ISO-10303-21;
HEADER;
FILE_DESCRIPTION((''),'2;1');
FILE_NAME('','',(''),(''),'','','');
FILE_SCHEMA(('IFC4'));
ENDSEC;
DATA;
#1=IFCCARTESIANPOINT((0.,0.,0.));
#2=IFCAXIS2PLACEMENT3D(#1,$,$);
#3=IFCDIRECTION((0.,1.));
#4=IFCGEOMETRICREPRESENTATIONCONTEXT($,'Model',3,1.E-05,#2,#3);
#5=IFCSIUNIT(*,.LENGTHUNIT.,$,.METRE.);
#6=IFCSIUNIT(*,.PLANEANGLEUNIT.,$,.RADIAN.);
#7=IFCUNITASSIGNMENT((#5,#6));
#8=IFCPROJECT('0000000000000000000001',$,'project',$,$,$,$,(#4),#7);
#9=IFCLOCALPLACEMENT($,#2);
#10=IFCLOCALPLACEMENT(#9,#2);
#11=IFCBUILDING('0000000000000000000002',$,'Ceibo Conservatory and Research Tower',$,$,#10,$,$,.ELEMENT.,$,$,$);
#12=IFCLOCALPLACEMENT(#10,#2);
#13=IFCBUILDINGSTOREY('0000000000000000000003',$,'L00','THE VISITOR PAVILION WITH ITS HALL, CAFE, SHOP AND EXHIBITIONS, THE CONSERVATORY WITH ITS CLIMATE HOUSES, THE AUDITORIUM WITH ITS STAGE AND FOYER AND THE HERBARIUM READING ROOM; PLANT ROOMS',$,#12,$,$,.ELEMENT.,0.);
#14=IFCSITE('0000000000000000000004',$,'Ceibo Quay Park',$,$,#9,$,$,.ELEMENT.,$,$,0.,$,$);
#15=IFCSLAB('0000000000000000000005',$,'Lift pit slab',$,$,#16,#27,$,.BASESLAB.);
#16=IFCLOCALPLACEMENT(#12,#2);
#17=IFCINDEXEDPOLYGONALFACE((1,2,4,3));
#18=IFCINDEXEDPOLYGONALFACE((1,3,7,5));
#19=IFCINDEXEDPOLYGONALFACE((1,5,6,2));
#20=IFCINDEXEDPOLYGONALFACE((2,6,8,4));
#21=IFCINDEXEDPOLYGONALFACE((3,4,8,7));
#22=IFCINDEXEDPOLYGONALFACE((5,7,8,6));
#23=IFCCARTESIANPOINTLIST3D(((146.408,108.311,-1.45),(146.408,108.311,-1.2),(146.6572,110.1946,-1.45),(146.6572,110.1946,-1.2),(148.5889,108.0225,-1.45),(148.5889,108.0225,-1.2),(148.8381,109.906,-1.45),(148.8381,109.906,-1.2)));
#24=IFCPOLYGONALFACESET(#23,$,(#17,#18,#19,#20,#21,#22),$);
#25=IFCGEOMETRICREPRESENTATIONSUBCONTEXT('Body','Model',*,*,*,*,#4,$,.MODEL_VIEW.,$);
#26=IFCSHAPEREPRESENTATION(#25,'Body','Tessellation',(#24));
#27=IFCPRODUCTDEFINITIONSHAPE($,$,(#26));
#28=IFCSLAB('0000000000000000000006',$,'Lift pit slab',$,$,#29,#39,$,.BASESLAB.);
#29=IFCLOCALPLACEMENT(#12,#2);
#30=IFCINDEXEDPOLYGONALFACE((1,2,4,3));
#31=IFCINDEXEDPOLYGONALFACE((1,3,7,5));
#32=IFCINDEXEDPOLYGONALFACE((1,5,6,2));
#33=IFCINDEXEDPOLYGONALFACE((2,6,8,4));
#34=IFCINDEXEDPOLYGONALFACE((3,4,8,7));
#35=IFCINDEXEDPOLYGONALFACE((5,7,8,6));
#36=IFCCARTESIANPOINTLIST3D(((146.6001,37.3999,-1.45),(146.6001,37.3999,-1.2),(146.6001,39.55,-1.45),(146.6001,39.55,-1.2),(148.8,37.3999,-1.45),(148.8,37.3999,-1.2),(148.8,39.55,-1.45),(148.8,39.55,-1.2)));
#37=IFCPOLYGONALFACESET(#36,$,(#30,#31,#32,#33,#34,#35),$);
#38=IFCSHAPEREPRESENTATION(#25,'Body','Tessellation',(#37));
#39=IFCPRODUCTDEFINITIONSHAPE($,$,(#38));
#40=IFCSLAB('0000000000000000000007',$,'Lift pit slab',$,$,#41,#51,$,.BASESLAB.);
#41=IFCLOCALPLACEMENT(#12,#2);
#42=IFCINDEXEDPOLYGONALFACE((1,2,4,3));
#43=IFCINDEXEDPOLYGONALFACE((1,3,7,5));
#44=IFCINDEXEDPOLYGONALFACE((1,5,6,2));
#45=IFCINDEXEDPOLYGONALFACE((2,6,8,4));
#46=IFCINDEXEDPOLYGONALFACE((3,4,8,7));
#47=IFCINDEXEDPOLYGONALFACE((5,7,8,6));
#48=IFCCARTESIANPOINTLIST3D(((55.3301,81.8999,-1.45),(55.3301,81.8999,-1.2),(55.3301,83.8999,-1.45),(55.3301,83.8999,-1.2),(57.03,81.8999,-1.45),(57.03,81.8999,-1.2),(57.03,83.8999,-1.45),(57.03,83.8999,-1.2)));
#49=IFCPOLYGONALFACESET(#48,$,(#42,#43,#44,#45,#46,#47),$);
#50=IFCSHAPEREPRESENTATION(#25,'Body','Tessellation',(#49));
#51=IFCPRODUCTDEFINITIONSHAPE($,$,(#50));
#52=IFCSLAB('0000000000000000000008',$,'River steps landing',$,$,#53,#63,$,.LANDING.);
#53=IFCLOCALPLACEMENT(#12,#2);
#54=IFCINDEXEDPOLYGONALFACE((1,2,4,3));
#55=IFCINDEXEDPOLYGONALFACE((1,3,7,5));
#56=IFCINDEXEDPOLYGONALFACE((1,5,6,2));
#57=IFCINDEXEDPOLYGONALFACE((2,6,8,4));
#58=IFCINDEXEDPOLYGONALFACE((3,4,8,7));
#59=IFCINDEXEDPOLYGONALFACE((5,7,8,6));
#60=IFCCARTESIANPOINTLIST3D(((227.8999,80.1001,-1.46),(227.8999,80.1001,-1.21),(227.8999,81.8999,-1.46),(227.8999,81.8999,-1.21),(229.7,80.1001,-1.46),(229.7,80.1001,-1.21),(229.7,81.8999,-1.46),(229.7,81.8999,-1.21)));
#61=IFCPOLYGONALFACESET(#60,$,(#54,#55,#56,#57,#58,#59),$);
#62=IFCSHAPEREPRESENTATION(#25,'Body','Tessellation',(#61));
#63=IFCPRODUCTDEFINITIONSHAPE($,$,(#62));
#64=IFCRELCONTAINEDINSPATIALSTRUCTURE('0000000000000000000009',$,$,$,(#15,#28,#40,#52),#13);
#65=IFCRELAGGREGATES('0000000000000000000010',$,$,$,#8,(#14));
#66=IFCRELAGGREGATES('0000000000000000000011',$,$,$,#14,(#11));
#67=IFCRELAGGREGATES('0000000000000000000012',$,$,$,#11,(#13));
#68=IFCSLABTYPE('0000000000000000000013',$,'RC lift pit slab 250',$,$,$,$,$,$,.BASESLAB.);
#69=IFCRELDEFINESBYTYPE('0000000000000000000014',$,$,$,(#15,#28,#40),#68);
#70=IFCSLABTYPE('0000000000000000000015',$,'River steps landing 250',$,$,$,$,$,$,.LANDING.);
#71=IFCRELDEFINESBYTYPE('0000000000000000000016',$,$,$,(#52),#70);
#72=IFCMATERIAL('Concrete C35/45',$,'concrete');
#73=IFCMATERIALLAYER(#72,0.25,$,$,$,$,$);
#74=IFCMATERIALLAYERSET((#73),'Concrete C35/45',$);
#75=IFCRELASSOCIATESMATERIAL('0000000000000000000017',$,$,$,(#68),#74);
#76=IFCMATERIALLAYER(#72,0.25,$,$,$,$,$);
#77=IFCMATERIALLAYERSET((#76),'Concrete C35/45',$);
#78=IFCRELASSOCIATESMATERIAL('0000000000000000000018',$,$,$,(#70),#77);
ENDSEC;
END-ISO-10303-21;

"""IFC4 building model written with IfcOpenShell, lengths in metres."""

from ifc_helpers import new_model, si_unit, direction, frame, origin, place, context, subcontext, project, spatial, polyline, outline, extrude, material, layer, layer_set, type_object, element, save


model = new_model("IFC4")

# Units and contexts
model_context = context("Model", 3, precision=1e-05, world=origin(), true_north=direction((0.0, 1.0)))
body_context = subcontext(model_context, "Body", "Model", "MODEL_VIEW")
ifc_project = project(units=[si_unit("LENGTHUNIT", "METRE"), si_unit("PLANEANGLEUNIT", "RADIAN")], contexts=[model_context])

# Site, building, storey
site_placement = place(None, origin())
site = spatial("IfcSite", under=ifc_project, at=site_placement, Name="Ceibo Quay Park", CompositionType="ELEMENT", RefElevation=0.0)
building_placement = place(site_placement, origin())
building = spatial("IfcBuilding", under=site, at=building_placement, Name="Ceibo Conservatory and Research Tower", CompositionType="ELEMENT")
storey_placement = place(building_placement, origin())
storey = spatial("IfcBuildingStorey", under=building, at=storey_placement, Name="L00", Description="THE VISITOR PAVILION WITH ITS HALL, CAFE, SHOP AND EXHIBITIONS, THE CONSERVATORY WITH ITS CLIMATE HOUSES, THE AUDITORIUM WITH ITS STAGE AND FOYER AND THE HERBARIUM READING ROOM; PLANT ROOMS", CompositionType="ELEMENT", Elevation=0.0)

# Slabs
ifc_material_1 = material(Name="Concrete C35/45", Category="concrete")
ifc_layer_1 = layer(ifc_material_1, 0.25)
ifc_layer_set_1 = layer_set([ifc_layer_1], Name="Concrete C35/45")
slab_type_1 = type_object("IfcSlabType", Name="RC lift pit slab 250", PredefinedType="BASESLAB", material=ifc_layer_set_1)
slab_1_placement = place(storey_placement, frame((0.0, 0.0, -1.45)))
element("IfcSlab", 1, at=slab_1_placement, inside=storey, type_object=slab_type_1, Name="Lift pit slab", PredefinedType="BASESLAB", context=body_context, shape_type="SweptSolid", body=[
    extrude(outline(polyline([(148.8381, 109.906), (146.6572, 110.1946), (146.408, 108.311), (148.5889, 108.0225), (148.8381, 109.906)])), origin(), (0.0, 0.0, 1.0), 0.25),
])
slab_2_placement = place(storey_placement, frame((0.0, 0.0, -1.45)))
element("IfcSlab", 2, at=slab_2_placement, inside=storey, type_object=slab_type_1, Name="Lift pit slab", PredefinedType="BASESLAB", context=body_context, shape_type="SweptSolid", body=[
    extrude(outline(polyline([(146.6001, 37.3999), (148.8, 37.3999), (148.8, 39.55), (146.6001, 39.55), (146.6001, 37.3999)])), origin(), (0.0, 0.0, 1.0), 0.25),
])
slab_3_placement = place(storey_placement, frame((0.0, 0.0, -1.45)))
element("IfcSlab", 3, at=slab_3_placement, inside=storey, type_object=slab_type_1, Name="Lift pit slab", PredefinedType="BASESLAB", context=body_context, shape_type="SweptSolid", body=[
    extrude(outline(polyline([(55.3301, 81.8999), (57.03, 81.8999), (57.03, 83.8999), (55.3301, 83.8999), (55.3301, 81.8999)])), origin(), (0.0, 0.0, 1.0), 0.25),
])
ifc_layer_2 = layer(ifc_material_1, 0.25)
ifc_layer_set_2 = layer_set([ifc_layer_2], Name="Concrete C35/45")
slab_type_2 = type_object("IfcSlabType", Name="River steps landing 250", PredefinedType="LANDING", material=ifc_layer_set_2)
slab_4_placement = place(storey_placement, frame((0.0, 0.0, -1.46)))
element("IfcSlab", 4, at=slab_4_placement, inside=storey, type_object=slab_type_2, Name="River steps landing", PredefinedType="LANDING", context=body_context, shape_type="SweptSolid", body=[
    extrude(outline(polyline([(227.8999, 80.1001), (229.7, 80.1001), (229.7, 81.8999), (227.8999, 81.8999), (227.8999, 80.1001)])), origin(), (0.0, 0.0, 1.0), 0.25),
])

save(model, "model.ifc")
